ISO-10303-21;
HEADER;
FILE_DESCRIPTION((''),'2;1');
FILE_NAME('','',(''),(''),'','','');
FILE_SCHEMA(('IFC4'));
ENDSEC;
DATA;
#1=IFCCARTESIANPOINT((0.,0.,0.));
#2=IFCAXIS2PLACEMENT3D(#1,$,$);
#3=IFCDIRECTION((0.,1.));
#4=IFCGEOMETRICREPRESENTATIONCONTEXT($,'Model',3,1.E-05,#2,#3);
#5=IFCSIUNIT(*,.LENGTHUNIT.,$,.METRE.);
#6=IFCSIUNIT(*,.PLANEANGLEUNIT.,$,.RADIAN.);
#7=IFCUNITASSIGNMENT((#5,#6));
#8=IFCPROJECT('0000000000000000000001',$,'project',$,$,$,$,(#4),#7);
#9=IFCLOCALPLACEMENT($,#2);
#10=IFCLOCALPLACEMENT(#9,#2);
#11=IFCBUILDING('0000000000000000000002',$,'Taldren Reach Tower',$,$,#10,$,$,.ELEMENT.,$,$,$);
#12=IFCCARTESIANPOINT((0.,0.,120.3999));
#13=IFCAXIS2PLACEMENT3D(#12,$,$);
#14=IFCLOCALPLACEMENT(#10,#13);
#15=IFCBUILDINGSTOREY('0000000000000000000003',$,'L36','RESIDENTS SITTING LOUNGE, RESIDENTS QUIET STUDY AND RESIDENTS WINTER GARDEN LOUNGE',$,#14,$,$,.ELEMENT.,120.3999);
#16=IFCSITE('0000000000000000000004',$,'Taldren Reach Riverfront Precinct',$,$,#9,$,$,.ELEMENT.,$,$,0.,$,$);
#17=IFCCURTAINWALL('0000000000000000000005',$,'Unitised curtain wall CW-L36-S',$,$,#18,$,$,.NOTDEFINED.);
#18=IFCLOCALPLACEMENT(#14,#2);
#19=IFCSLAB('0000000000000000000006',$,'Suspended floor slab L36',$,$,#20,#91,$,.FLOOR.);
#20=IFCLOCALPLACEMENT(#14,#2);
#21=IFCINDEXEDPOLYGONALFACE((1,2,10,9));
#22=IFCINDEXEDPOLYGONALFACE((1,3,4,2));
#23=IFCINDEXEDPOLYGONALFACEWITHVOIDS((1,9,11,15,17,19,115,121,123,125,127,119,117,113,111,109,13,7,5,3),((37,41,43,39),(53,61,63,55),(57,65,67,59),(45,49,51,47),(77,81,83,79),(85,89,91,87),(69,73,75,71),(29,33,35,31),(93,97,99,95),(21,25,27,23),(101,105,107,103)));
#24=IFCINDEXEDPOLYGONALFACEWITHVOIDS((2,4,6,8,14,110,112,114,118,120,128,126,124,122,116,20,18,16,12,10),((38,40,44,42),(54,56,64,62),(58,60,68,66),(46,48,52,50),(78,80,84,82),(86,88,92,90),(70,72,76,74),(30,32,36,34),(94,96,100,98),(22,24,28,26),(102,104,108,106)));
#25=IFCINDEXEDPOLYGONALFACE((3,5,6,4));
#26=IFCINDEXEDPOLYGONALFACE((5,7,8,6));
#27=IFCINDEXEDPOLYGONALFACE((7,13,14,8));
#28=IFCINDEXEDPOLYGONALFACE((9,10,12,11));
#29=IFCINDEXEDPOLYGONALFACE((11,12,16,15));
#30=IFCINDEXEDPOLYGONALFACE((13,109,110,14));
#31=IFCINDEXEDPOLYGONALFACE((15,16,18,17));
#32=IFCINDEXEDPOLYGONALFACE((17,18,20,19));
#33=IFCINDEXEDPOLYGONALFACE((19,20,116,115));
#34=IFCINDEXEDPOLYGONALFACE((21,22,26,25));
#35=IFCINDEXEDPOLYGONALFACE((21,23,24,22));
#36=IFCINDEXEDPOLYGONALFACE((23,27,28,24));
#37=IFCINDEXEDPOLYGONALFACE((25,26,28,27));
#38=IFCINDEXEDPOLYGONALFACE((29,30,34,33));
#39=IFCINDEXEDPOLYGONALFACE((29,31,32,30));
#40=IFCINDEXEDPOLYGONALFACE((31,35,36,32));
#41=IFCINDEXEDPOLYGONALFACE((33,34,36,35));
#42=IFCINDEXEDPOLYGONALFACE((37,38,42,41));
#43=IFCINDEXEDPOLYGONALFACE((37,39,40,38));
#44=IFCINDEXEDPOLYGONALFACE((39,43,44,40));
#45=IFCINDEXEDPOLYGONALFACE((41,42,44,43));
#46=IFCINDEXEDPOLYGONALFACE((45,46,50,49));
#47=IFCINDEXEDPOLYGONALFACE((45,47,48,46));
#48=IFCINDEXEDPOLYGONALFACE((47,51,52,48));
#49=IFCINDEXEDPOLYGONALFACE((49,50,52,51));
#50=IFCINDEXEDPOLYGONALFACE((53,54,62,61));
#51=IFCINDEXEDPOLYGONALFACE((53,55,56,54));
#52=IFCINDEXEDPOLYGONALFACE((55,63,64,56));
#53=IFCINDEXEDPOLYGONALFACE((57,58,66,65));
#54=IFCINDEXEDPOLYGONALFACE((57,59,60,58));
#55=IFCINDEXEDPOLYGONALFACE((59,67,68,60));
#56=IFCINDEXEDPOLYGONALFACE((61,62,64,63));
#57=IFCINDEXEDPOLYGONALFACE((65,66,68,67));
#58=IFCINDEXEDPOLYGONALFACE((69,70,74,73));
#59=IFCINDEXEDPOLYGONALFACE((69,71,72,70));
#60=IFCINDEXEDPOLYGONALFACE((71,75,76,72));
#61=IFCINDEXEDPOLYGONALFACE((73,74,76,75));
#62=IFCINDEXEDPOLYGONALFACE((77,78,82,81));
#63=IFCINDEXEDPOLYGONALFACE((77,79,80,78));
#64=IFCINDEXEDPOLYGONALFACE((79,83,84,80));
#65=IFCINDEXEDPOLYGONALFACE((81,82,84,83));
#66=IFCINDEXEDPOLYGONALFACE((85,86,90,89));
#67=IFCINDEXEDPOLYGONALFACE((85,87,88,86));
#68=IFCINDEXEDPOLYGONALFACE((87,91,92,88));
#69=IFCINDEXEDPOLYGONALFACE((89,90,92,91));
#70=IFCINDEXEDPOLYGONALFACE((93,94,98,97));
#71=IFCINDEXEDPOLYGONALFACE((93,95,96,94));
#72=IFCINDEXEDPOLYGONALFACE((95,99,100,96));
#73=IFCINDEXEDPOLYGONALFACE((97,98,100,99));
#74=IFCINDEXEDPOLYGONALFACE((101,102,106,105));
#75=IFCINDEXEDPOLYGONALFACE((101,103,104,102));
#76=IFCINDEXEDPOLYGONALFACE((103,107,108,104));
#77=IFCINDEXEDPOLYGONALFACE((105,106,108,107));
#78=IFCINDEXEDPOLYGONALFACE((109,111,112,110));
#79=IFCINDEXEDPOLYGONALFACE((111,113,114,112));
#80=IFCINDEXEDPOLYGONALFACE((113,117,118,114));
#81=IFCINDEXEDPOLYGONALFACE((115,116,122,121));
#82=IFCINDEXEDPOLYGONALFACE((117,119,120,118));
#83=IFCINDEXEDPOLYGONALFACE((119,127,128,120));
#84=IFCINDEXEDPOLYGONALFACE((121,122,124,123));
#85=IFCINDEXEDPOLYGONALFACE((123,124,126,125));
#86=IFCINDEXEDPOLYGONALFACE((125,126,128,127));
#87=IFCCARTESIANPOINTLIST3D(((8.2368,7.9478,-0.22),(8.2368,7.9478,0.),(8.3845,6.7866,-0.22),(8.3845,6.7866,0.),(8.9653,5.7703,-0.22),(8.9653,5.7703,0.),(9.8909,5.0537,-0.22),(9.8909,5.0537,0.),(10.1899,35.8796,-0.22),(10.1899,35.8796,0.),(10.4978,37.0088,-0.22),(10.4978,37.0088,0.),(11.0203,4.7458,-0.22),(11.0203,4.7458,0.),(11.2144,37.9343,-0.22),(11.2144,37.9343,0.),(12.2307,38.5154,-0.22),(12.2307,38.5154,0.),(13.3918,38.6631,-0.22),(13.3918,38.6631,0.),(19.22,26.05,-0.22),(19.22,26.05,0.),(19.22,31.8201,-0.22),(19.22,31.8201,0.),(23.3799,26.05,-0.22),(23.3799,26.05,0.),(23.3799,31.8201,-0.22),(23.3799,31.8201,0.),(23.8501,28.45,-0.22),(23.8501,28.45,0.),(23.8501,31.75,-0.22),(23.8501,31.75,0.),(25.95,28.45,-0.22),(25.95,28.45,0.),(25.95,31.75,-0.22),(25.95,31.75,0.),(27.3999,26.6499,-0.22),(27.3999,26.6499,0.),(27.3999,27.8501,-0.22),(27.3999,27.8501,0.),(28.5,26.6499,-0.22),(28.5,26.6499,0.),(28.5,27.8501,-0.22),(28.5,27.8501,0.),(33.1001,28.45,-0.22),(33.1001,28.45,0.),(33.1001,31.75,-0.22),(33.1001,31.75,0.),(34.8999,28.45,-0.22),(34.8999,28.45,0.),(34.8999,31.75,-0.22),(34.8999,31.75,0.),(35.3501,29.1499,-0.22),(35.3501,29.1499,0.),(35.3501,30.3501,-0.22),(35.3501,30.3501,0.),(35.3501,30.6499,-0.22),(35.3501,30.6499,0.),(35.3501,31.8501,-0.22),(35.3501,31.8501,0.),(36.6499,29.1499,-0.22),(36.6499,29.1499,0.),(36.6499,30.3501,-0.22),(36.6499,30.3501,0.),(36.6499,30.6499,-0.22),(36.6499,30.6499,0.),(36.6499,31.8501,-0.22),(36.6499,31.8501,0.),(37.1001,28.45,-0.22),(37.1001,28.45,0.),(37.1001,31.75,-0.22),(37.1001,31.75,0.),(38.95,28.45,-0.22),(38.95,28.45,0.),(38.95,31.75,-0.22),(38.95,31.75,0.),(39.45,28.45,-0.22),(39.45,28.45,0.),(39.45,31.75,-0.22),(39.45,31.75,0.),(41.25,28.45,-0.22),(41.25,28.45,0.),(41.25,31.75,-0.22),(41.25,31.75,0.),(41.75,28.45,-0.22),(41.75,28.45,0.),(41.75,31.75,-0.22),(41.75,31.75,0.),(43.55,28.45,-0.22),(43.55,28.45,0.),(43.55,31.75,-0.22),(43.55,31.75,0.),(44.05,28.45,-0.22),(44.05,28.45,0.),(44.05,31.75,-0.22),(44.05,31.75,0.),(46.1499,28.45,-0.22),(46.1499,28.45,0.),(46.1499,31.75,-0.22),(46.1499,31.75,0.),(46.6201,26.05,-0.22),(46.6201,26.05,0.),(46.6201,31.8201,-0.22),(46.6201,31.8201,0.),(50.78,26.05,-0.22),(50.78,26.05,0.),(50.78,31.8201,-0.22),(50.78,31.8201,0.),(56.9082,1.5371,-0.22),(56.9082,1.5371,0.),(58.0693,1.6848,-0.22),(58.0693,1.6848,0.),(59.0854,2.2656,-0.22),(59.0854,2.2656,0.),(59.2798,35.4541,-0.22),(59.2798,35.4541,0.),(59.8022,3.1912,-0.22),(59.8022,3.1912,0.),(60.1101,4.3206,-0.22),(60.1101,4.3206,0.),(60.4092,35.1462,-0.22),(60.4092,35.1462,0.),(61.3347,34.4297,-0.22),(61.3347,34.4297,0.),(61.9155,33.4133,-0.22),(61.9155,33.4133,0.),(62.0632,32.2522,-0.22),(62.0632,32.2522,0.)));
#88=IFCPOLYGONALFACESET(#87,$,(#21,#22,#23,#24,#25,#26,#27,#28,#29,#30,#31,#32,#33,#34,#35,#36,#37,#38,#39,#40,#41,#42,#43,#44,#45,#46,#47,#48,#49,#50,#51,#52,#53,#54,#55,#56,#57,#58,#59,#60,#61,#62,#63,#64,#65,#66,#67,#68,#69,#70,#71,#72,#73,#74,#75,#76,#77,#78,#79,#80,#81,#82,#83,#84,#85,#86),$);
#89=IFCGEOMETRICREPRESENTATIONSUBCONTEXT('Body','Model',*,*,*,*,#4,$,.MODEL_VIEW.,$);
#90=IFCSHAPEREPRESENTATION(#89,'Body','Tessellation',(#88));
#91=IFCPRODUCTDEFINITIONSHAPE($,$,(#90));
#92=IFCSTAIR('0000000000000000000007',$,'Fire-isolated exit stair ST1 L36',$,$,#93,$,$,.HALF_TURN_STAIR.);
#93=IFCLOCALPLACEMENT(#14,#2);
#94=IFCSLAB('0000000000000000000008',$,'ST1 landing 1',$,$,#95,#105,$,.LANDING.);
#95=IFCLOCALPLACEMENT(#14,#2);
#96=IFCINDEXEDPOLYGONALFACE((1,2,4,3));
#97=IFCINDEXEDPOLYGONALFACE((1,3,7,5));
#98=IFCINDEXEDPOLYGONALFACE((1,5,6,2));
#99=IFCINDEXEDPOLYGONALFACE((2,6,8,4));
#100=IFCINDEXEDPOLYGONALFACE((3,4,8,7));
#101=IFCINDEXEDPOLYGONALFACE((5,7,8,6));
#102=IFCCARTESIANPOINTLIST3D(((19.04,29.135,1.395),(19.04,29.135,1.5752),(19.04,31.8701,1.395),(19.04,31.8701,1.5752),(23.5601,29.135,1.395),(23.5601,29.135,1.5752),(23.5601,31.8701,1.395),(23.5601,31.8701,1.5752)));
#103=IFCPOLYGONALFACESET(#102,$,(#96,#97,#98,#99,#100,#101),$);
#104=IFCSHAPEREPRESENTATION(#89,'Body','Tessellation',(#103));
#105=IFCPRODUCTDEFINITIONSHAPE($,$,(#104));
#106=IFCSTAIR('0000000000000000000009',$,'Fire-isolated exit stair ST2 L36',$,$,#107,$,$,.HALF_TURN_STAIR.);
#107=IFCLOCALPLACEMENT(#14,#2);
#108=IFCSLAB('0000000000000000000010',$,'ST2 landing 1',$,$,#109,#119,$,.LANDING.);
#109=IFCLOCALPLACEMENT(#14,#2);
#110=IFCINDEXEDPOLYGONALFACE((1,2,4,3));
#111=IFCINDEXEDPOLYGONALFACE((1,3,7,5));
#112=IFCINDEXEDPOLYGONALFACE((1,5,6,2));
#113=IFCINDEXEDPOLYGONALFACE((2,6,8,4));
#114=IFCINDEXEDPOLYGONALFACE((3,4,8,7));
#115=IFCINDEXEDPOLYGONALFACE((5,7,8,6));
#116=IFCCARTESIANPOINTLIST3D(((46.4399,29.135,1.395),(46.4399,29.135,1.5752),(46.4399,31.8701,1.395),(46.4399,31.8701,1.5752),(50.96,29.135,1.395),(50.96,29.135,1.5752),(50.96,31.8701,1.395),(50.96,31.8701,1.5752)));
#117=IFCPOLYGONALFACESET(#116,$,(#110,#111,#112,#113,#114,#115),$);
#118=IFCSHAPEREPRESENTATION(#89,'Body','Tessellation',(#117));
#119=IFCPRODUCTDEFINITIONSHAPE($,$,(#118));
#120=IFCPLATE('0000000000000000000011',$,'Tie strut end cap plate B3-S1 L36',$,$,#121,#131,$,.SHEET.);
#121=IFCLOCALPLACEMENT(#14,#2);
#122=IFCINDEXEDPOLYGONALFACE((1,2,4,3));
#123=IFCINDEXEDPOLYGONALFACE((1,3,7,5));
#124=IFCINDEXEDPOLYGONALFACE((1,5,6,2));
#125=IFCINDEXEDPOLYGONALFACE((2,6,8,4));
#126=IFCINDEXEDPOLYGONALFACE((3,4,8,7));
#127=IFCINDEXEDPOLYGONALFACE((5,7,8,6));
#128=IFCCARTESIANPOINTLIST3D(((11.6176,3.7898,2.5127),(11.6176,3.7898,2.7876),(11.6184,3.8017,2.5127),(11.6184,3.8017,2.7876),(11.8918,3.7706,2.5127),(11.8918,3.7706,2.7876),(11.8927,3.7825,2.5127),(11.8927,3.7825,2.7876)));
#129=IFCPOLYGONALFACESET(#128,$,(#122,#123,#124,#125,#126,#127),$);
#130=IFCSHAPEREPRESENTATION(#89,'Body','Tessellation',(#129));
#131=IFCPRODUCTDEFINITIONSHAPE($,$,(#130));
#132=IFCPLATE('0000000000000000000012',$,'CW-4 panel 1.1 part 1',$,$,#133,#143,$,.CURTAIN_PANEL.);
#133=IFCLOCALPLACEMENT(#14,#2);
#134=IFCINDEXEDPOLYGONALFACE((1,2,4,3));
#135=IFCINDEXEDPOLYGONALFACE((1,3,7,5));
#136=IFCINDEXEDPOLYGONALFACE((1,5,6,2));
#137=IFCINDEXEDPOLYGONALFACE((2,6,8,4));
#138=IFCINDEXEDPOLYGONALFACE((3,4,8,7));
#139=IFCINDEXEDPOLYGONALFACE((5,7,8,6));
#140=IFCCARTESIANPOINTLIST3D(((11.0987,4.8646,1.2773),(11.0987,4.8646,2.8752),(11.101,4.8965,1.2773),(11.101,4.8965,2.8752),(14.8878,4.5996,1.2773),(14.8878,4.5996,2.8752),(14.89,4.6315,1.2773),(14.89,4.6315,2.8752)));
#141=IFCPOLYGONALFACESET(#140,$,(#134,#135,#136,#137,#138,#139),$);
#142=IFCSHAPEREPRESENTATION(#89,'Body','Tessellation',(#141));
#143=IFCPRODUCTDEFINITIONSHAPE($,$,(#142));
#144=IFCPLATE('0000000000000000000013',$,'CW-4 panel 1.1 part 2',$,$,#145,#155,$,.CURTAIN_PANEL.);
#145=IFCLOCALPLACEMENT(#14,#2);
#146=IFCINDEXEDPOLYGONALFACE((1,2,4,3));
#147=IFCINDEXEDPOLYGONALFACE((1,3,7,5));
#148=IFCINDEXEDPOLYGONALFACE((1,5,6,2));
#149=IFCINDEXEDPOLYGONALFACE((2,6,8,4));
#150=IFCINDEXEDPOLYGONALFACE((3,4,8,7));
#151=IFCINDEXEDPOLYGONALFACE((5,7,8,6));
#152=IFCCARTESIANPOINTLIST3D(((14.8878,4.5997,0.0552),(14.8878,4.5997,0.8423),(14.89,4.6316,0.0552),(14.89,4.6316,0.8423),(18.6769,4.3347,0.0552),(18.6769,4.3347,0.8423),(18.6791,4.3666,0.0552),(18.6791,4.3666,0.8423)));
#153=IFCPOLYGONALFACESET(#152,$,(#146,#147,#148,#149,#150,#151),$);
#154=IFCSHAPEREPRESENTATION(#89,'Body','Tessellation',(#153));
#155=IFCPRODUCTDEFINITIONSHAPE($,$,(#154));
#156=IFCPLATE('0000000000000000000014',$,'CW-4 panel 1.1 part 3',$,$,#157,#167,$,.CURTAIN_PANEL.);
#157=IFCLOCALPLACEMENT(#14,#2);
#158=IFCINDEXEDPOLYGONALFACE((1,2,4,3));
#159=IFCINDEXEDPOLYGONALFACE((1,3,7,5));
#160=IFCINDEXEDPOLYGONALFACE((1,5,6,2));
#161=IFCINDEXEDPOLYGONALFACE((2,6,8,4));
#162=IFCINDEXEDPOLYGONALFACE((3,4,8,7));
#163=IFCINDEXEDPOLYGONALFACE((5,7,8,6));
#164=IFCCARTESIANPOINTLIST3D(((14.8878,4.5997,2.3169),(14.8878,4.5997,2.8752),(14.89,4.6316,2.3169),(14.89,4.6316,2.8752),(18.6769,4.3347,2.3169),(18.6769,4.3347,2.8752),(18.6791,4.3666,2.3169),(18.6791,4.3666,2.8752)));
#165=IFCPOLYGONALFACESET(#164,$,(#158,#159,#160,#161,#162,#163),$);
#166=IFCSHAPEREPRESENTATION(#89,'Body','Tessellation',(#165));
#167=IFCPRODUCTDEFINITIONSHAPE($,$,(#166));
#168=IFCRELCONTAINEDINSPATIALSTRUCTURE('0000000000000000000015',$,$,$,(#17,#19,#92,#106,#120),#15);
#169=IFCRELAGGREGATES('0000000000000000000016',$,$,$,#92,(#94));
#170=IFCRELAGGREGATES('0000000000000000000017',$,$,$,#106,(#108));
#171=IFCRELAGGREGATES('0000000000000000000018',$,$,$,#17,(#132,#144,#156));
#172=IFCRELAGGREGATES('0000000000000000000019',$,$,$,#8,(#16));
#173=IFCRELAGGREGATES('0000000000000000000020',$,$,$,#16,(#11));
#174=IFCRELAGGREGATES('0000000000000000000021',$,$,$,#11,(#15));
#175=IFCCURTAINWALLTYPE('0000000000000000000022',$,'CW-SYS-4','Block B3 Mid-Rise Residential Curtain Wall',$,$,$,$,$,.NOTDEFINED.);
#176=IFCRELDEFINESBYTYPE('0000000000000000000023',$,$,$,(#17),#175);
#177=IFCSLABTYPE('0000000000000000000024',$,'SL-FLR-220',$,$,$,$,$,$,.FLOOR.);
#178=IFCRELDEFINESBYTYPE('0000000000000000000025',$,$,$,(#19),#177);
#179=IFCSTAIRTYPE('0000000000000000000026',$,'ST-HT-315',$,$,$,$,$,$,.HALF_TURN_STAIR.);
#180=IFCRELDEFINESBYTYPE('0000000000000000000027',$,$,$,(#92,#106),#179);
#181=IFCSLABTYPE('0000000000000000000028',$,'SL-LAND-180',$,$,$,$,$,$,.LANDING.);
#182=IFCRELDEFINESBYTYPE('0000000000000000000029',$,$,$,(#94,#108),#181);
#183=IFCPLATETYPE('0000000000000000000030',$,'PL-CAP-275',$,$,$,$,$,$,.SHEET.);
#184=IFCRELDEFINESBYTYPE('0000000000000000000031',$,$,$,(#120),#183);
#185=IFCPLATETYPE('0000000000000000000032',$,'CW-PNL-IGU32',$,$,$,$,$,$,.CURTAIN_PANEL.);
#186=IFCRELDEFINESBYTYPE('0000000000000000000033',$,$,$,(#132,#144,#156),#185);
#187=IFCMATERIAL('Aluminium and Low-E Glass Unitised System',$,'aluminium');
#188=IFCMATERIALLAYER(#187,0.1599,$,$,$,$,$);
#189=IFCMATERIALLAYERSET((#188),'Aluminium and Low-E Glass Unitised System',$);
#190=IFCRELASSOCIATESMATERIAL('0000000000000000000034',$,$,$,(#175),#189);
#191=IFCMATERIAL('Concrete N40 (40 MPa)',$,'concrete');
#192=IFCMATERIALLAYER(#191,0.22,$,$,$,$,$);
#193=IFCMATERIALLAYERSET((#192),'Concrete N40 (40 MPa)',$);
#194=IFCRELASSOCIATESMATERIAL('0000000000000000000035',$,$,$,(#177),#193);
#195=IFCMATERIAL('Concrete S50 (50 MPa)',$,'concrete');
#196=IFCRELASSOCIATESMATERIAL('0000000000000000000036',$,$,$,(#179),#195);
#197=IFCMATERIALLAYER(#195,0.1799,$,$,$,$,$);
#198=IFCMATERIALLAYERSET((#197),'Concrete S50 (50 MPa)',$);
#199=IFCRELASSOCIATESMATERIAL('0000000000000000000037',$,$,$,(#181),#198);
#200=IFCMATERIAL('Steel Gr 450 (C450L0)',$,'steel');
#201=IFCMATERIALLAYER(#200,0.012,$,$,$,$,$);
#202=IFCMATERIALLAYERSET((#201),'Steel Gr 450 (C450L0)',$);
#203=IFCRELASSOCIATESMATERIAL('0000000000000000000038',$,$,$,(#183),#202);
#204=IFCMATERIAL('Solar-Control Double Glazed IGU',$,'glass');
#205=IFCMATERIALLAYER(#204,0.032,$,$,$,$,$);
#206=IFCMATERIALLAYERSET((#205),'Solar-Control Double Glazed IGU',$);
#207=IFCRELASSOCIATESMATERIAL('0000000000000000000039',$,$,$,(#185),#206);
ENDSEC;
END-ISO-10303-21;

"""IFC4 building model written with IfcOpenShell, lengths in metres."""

from ifc_helpers import new_model, si_unit, direction, frame, origin, origin_2d, place, context, subcontext, project, spatial, polyline, rectangle, outline, extrude, source, transform, mapped, material, layer, layer_set, type_object, element, aggregate, save


model = new_model("IFC4")

# Units and contexts
model_context = context("Model", 3, precision=1e-05, world=origin(), true_north=direction((0.0, 1.0)))
body_context = subcontext(model_context, "Body", "Model", "MODEL_VIEW")
ifc_project = project(units=[si_unit("LENGTHUNIT", "METRE"), si_unit("PLANEANGLEUNIT", "RADIAN")], contexts=[model_context])

# Site, building, storey
site_placement = place(None, origin())
site = spatial("IfcSite", under=ifc_project, at=site_placement, Name="Taldren Reach Riverfront Precinct", CompositionType="ELEMENT", RefElevation=0.0)
building_placement = place(site_placement, origin())
building = spatial("IfcBuilding", under=site, at=building_placement, Name="Taldren Reach Tower", CompositionType="ELEMENT")
storey_placement = place(building_placement, frame((0.0, 0.0, 120.3999)))
storey = spatial("IfcBuildingStorey", under=building, at=storey_placement, Name="L36", Description="RESIDENTS SITTING LOUNGE, RESIDENTS QUIET STUDY AND RESIDENTS WINTER GARDEN LOUNGE", CompositionType="ELEMENT", Elevation=120.3999)

# Shared definitions
ifc_material_1 = material(Name="Steel Gr 450 (C450L0)", Category="steel")

# Curtain wall
ifc_material_2 = material(Name="Aluminium and Low-E Glass Unitised System", Category="aluminium")
ifc_layer_1 = layer(ifc_material_2, 0.1599)
ifc_layer_set_1 = layer_set([ifc_layer_1], Name="Aluminium and Low-E Glass Unitised System")
curtain_wall_type = type_object("IfcCurtainWallType", Name="CW-SYS-4", Description="Block B3 Mid-Rise Residential Curtain Wall", PredefinedType="NOTDEFINED", material=ifc_layer_set_1)
curtain_wall_1_placement = place(storey_placement, origin())
curtain_wall_1 = element("IfcCurtainWall", 1, at=curtain_wall_1_placement, inside=storey, type_object=curtain_wall_type, Name="Unitised curtain wall CW-L36-S", PredefinedType="NOTDEFINED")

# Slab
ifc_material_3 = material(Name="Concrete N40 (40 MPa)", Category="concrete")
ifc_layer_2 = layer(ifc_material_3, 0.22)
ifc_layer_set_2 = layer_set([ifc_layer_2], Name="Concrete N40 (40 MPa)")
slab_type_1 = type_object("IfcSlabType", Name="SL-FLR-220", PredefinedType="FLOOR", material=ifc_layer_set_2)
slab_1_placement = place(storey_placement, frame((0.0, 0.0, -0.22)))
element("IfcSlab", 2, at=slab_1_placement, inside=storey, type_object=slab_type_1, Name="Suspended floor slab L36", PredefinedType="FLOOR", context=body_context, shape_type="SweptSolid", body=[
    extrude(outline(polyline([(56.9082, 1.5371), (58.0693, 1.6848), (59.0854, 2.2656), (59.8022, 3.1912), (60.1101, 4.3206), (62.0632, 32.2522), (61.9155, 33.4133), (61.3347, 34.4297), (60.4092, 35.1462), (59.2798, 35.4541), (13.3918, 38.6631), (12.2307, 38.5154), (11.2144, 37.9343), (10.4978, 37.0088), (10.1899, 35.8796), (8.2368, 7.9478), (8.3845, 6.7866), (8.9653, 5.7703), (9.8909, 5.0537), (11.0203, 4.7458), (56.9082, 1.5371)]), holes=[polyline([(19.22, 26.05), (23.3799, 26.05), (23.3799, 31.8201), (19.22, 31.8201), (19.22, 26.05)]), polyline([(46.6201, 26.05), (50.78, 26.05), (50.78, 31.8201), (46.6201, 31.8201), (46.6201, 26.05)]), polyline([(23.8501, 28.45), (25.95, 28.45), (25.95, 31.75), (23.8501, 31.75), (23.8501, 28.45)]), polyline([(44.05, 28.45), (46.1499, 28.45), (46.1499, 31.75), (44.05, 31.75), (44.05, 28.45)]), polyline([(33.1001, 28.45), (34.8999, 28.45), (34.8999, 31.75), (33.1001, 31.75), (33.1001, 28.45)]), polyline([(37.1001, 28.45), (38.95, 28.45), (38.95, 31.75), (37.1001, 31.75), (37.1001, 28.45)]), polyline([(39.45, 28.45), (41.25, 28.45), (41.25, 31.75), (39.45, 31.75), (39.45, 28.45)]), polyline([(41.75, 28.45), (43.55, 28.45), (43.55, 31.75), (41.75, 31.75), (41.75, 28.45)]), polyline([(35.3501, 30.6499), (36.6499, 30.6499), (36.6499, 31.8501), (35.3501, 31.8501), (35.3501, 30.6499)]), polyline([(35.3501, 29.1499), (36.6499, 29.1499), (36.6499, 30.3501), (35.3501, 30.3501), (35.3501, 29.1499)]), polyline([(27.3999, 26.6499), (28.5, 26.6499), (28.5, 27.8501), (27.3999, 27.8501), (27.3999, 26.6499)])]), origin(), (0.0, 0.0, 1.0), 0.22),
])

# Stairs, slabs
ifc_material_4 = material(Name="Concrete S50 (50 MPa)", Category="concrete")
stair_type = type_object("IfcStairType", Name="ST-HT-315", PredefinedType="HALF_TURN_STAIR", material=ifc_material_4)
stair_1_placement = place(storey_placement, origin())
stair_1 = element("IfcStair", 3, at=stair_1_placement, inside=storey, type_object=stair_type, Name="Fire-isolated exit stair ST1 L36", PredefinedType="HALF_TURN_STAIR")
ifc_layer_3 = layer(ifc_material_4, 0.1799)
ifc_layer_set_3 = layer_set([ifc_layer_3], Name="Concrete S50 (50 MPa)")
slab_type_2 = type_object("IfcSlabType", Name="SL-LAND-180", PredefinedType="LANDING", material=ifc_layer_set_3)
slab_2_placement = place(storey_placement, frame((0.0, 0.0, 1.395)))
slab_2 = element("IfcSlab", 4, at=slab_2_placement, type_object=slab_type_2, Name="ST1 landing 1", PredefinedType="LANDING", context=body_context, shape_type="SweptSolid", body=[
    extrude(outline(polyline([(19.04, 29.135), (23.5601, 29.135), (23.5601, 31.8701), (19.04, 31.8701), (19.04, 29.135)])), origin(), (0.0, 0.0, 1.0), 0.1802),
])
aggregate(stair_1, [slab_2])
stair_2_placement = place(storey_placement, origin())
stair_2 = element("IfcStair", 5, at=stair_2_placement, inside=storey, type_object=stair_type, Name="Fire-isolated exit stair ST2 L36", PredefinedType="HALF_TURN_STAIR")
slab_3_placement = place(storey_placement, frame((0.0, 0.0, 1.395)))
slab_3 = element("IfcSlab", 6, at=slab_3_placement, type_object=slab_type_2, Name="ST2 landing 1", PredefinedType="LANDING", context=body_context, shape_type="SweptSolid", body=[
    extrude(outline(polyline([(46.4399, 29.135), (50.96, 29.135), (50.96, 31.8701), (46.4399, 31.8701), (46.4399, 29.135)])), origin(), (0.0, 0.0, 1.0), 0.1802),
])
aggregate(stair_2, [slab_3])

# Plates
ifc_layer_4 = layer(ifc_material_1, 0.012)
ifc_layer_set_4 = layer_set([ifc_layer_4], Name="Steel Gr 450 (C450L0)")
plate_type_1 = type_object("IfcPlateType", Name="PL-CAP-275", PredefinedType="SHEET", material=ifc_layer_set_4)
shared_shape_1 = source(origin(), body_context, "Body", "SweptSolid", [
    extrude(rectangle(XDim=0.2749, YDim=0.012, at=origin_2d()), origin(), (0.0, 0.0, 1.0), 0.2749),
])
plate_1_placement = place(storey_placement, frame((11.7551, 3.7861, 2.5127), z_axis=(0.0, 0.0, 1.0), x_axis=(0.997564, -0.069756, 0.0)))
element("IfcPlate", 7, at=plate_1_placement, inside=storey, type_object=plate_type_1, Name="Tie strut end cap plate B3-S1 L36", PredefinedType="SHEET", context=body_context, shape_type="MappedRepresentation", body=[
    mapped(shared_shape_1, transform((0.0, 0.0, 0.0), scale=1.0)),
])
ifc_material_5 = material(Name="Solar-Control Double Glazed IGU", Category="glass")
ifc_layer_5 = layer(ifc_material_5, 0.032)
ifc_layer_set_5 = layer_set([ifc_layer_5], Name="Solar-Control Double Glazed IGU")
plate_type_2 = type_object("IfcPlateType", Name="CW-PNL-IGU32", PredefinedType="CURTAIN_PANEL", material=ifc_layer_set_5)
shared_shape_2 = source(origin(), body_context, "Body", "SweptSolid", [
    extrude(rectangle(XDim=3.7983, YDim=0.032, at=origin_2d()), origin(), (0.0, 0.0, 1.0), 1.5979),
])
plate_2_placement = place(storey_placement, frame((12.9944, 4.748, 1.2773), z_axis=(0.0, 0.0, 1.0), x_axis=(0.997564, -0.069757, 0.0)))
plate_2 = element("IfcPlate", 8, at=plate_2_placement, type_object=plate_type_2, Name="CW-4 panel 1.1 part 1", PredefinedType="CURTAIN_PANEL", context=body_context, shape_type="MappedRepresentation", body=[
    mapped(shared_shape_2, transform((0.0, 0.0, 0.0), scale=1.0)),
])
shared_shape_3 = source(origin(), body_context, "Body", "SweptSolid", [
    extrude(rectangle(XDim=3.7983, YDim=0.032, at=origin_2d()), origin(), (0.0, 0.0, 1.0), 0.7871),
])
plate_3_placement = place(storey_placement, frame((16.7834, 4.4832, 0.0552), z_axis=(0.0, 0.0, 1.0), x_axis=(0.997564, -0.069757, 0.0)))
plate_3 = element("IfcPlate", 9, at=plate_3_placement, type_object=plate_type_2, Name="CW-4 panel 1.1 part 2", PredefinedType="CURTAIN_PANEL", context=body_context, shape_type="MappedRepresentation", body=[
    mapped(shared_shape_3, transform((0.0, 0.0, 0.0), scale=1.0)),
])
shared_shape_4 = source(origin(), body_context, "Body", "SweptSolid", [
    extrude(rectangle(XDim=3.7983, YDim=0.032, at=origin_2d()), origin(), (0.0, 0.0, 1.0), 0.5583),
])
plate_4_placement = place(storey_placement, frame((16.7834, 4.4832, 2.3169), z_axis=(0.0, 0.0, 1.0), x_axis=(0.997564, -0.069757, 0.0)))
plate_4 = element("IfcPlate", 10, at=plate_4_placement, type_object=plate_type_2, Name="CW-4 panel 1.1 part 3", PredefinedType="CURTAIN_PANEL", context=body_context, shape_type="MappedRepresentation", body=[
    mapped(shared_shape_4, transform((0.0, 0.0, 0.0), scale=1.0)),
])
aggregate(curtain_wall_1, [plate_2, plate_3, plate_4])

save(model, "model.ifc")
